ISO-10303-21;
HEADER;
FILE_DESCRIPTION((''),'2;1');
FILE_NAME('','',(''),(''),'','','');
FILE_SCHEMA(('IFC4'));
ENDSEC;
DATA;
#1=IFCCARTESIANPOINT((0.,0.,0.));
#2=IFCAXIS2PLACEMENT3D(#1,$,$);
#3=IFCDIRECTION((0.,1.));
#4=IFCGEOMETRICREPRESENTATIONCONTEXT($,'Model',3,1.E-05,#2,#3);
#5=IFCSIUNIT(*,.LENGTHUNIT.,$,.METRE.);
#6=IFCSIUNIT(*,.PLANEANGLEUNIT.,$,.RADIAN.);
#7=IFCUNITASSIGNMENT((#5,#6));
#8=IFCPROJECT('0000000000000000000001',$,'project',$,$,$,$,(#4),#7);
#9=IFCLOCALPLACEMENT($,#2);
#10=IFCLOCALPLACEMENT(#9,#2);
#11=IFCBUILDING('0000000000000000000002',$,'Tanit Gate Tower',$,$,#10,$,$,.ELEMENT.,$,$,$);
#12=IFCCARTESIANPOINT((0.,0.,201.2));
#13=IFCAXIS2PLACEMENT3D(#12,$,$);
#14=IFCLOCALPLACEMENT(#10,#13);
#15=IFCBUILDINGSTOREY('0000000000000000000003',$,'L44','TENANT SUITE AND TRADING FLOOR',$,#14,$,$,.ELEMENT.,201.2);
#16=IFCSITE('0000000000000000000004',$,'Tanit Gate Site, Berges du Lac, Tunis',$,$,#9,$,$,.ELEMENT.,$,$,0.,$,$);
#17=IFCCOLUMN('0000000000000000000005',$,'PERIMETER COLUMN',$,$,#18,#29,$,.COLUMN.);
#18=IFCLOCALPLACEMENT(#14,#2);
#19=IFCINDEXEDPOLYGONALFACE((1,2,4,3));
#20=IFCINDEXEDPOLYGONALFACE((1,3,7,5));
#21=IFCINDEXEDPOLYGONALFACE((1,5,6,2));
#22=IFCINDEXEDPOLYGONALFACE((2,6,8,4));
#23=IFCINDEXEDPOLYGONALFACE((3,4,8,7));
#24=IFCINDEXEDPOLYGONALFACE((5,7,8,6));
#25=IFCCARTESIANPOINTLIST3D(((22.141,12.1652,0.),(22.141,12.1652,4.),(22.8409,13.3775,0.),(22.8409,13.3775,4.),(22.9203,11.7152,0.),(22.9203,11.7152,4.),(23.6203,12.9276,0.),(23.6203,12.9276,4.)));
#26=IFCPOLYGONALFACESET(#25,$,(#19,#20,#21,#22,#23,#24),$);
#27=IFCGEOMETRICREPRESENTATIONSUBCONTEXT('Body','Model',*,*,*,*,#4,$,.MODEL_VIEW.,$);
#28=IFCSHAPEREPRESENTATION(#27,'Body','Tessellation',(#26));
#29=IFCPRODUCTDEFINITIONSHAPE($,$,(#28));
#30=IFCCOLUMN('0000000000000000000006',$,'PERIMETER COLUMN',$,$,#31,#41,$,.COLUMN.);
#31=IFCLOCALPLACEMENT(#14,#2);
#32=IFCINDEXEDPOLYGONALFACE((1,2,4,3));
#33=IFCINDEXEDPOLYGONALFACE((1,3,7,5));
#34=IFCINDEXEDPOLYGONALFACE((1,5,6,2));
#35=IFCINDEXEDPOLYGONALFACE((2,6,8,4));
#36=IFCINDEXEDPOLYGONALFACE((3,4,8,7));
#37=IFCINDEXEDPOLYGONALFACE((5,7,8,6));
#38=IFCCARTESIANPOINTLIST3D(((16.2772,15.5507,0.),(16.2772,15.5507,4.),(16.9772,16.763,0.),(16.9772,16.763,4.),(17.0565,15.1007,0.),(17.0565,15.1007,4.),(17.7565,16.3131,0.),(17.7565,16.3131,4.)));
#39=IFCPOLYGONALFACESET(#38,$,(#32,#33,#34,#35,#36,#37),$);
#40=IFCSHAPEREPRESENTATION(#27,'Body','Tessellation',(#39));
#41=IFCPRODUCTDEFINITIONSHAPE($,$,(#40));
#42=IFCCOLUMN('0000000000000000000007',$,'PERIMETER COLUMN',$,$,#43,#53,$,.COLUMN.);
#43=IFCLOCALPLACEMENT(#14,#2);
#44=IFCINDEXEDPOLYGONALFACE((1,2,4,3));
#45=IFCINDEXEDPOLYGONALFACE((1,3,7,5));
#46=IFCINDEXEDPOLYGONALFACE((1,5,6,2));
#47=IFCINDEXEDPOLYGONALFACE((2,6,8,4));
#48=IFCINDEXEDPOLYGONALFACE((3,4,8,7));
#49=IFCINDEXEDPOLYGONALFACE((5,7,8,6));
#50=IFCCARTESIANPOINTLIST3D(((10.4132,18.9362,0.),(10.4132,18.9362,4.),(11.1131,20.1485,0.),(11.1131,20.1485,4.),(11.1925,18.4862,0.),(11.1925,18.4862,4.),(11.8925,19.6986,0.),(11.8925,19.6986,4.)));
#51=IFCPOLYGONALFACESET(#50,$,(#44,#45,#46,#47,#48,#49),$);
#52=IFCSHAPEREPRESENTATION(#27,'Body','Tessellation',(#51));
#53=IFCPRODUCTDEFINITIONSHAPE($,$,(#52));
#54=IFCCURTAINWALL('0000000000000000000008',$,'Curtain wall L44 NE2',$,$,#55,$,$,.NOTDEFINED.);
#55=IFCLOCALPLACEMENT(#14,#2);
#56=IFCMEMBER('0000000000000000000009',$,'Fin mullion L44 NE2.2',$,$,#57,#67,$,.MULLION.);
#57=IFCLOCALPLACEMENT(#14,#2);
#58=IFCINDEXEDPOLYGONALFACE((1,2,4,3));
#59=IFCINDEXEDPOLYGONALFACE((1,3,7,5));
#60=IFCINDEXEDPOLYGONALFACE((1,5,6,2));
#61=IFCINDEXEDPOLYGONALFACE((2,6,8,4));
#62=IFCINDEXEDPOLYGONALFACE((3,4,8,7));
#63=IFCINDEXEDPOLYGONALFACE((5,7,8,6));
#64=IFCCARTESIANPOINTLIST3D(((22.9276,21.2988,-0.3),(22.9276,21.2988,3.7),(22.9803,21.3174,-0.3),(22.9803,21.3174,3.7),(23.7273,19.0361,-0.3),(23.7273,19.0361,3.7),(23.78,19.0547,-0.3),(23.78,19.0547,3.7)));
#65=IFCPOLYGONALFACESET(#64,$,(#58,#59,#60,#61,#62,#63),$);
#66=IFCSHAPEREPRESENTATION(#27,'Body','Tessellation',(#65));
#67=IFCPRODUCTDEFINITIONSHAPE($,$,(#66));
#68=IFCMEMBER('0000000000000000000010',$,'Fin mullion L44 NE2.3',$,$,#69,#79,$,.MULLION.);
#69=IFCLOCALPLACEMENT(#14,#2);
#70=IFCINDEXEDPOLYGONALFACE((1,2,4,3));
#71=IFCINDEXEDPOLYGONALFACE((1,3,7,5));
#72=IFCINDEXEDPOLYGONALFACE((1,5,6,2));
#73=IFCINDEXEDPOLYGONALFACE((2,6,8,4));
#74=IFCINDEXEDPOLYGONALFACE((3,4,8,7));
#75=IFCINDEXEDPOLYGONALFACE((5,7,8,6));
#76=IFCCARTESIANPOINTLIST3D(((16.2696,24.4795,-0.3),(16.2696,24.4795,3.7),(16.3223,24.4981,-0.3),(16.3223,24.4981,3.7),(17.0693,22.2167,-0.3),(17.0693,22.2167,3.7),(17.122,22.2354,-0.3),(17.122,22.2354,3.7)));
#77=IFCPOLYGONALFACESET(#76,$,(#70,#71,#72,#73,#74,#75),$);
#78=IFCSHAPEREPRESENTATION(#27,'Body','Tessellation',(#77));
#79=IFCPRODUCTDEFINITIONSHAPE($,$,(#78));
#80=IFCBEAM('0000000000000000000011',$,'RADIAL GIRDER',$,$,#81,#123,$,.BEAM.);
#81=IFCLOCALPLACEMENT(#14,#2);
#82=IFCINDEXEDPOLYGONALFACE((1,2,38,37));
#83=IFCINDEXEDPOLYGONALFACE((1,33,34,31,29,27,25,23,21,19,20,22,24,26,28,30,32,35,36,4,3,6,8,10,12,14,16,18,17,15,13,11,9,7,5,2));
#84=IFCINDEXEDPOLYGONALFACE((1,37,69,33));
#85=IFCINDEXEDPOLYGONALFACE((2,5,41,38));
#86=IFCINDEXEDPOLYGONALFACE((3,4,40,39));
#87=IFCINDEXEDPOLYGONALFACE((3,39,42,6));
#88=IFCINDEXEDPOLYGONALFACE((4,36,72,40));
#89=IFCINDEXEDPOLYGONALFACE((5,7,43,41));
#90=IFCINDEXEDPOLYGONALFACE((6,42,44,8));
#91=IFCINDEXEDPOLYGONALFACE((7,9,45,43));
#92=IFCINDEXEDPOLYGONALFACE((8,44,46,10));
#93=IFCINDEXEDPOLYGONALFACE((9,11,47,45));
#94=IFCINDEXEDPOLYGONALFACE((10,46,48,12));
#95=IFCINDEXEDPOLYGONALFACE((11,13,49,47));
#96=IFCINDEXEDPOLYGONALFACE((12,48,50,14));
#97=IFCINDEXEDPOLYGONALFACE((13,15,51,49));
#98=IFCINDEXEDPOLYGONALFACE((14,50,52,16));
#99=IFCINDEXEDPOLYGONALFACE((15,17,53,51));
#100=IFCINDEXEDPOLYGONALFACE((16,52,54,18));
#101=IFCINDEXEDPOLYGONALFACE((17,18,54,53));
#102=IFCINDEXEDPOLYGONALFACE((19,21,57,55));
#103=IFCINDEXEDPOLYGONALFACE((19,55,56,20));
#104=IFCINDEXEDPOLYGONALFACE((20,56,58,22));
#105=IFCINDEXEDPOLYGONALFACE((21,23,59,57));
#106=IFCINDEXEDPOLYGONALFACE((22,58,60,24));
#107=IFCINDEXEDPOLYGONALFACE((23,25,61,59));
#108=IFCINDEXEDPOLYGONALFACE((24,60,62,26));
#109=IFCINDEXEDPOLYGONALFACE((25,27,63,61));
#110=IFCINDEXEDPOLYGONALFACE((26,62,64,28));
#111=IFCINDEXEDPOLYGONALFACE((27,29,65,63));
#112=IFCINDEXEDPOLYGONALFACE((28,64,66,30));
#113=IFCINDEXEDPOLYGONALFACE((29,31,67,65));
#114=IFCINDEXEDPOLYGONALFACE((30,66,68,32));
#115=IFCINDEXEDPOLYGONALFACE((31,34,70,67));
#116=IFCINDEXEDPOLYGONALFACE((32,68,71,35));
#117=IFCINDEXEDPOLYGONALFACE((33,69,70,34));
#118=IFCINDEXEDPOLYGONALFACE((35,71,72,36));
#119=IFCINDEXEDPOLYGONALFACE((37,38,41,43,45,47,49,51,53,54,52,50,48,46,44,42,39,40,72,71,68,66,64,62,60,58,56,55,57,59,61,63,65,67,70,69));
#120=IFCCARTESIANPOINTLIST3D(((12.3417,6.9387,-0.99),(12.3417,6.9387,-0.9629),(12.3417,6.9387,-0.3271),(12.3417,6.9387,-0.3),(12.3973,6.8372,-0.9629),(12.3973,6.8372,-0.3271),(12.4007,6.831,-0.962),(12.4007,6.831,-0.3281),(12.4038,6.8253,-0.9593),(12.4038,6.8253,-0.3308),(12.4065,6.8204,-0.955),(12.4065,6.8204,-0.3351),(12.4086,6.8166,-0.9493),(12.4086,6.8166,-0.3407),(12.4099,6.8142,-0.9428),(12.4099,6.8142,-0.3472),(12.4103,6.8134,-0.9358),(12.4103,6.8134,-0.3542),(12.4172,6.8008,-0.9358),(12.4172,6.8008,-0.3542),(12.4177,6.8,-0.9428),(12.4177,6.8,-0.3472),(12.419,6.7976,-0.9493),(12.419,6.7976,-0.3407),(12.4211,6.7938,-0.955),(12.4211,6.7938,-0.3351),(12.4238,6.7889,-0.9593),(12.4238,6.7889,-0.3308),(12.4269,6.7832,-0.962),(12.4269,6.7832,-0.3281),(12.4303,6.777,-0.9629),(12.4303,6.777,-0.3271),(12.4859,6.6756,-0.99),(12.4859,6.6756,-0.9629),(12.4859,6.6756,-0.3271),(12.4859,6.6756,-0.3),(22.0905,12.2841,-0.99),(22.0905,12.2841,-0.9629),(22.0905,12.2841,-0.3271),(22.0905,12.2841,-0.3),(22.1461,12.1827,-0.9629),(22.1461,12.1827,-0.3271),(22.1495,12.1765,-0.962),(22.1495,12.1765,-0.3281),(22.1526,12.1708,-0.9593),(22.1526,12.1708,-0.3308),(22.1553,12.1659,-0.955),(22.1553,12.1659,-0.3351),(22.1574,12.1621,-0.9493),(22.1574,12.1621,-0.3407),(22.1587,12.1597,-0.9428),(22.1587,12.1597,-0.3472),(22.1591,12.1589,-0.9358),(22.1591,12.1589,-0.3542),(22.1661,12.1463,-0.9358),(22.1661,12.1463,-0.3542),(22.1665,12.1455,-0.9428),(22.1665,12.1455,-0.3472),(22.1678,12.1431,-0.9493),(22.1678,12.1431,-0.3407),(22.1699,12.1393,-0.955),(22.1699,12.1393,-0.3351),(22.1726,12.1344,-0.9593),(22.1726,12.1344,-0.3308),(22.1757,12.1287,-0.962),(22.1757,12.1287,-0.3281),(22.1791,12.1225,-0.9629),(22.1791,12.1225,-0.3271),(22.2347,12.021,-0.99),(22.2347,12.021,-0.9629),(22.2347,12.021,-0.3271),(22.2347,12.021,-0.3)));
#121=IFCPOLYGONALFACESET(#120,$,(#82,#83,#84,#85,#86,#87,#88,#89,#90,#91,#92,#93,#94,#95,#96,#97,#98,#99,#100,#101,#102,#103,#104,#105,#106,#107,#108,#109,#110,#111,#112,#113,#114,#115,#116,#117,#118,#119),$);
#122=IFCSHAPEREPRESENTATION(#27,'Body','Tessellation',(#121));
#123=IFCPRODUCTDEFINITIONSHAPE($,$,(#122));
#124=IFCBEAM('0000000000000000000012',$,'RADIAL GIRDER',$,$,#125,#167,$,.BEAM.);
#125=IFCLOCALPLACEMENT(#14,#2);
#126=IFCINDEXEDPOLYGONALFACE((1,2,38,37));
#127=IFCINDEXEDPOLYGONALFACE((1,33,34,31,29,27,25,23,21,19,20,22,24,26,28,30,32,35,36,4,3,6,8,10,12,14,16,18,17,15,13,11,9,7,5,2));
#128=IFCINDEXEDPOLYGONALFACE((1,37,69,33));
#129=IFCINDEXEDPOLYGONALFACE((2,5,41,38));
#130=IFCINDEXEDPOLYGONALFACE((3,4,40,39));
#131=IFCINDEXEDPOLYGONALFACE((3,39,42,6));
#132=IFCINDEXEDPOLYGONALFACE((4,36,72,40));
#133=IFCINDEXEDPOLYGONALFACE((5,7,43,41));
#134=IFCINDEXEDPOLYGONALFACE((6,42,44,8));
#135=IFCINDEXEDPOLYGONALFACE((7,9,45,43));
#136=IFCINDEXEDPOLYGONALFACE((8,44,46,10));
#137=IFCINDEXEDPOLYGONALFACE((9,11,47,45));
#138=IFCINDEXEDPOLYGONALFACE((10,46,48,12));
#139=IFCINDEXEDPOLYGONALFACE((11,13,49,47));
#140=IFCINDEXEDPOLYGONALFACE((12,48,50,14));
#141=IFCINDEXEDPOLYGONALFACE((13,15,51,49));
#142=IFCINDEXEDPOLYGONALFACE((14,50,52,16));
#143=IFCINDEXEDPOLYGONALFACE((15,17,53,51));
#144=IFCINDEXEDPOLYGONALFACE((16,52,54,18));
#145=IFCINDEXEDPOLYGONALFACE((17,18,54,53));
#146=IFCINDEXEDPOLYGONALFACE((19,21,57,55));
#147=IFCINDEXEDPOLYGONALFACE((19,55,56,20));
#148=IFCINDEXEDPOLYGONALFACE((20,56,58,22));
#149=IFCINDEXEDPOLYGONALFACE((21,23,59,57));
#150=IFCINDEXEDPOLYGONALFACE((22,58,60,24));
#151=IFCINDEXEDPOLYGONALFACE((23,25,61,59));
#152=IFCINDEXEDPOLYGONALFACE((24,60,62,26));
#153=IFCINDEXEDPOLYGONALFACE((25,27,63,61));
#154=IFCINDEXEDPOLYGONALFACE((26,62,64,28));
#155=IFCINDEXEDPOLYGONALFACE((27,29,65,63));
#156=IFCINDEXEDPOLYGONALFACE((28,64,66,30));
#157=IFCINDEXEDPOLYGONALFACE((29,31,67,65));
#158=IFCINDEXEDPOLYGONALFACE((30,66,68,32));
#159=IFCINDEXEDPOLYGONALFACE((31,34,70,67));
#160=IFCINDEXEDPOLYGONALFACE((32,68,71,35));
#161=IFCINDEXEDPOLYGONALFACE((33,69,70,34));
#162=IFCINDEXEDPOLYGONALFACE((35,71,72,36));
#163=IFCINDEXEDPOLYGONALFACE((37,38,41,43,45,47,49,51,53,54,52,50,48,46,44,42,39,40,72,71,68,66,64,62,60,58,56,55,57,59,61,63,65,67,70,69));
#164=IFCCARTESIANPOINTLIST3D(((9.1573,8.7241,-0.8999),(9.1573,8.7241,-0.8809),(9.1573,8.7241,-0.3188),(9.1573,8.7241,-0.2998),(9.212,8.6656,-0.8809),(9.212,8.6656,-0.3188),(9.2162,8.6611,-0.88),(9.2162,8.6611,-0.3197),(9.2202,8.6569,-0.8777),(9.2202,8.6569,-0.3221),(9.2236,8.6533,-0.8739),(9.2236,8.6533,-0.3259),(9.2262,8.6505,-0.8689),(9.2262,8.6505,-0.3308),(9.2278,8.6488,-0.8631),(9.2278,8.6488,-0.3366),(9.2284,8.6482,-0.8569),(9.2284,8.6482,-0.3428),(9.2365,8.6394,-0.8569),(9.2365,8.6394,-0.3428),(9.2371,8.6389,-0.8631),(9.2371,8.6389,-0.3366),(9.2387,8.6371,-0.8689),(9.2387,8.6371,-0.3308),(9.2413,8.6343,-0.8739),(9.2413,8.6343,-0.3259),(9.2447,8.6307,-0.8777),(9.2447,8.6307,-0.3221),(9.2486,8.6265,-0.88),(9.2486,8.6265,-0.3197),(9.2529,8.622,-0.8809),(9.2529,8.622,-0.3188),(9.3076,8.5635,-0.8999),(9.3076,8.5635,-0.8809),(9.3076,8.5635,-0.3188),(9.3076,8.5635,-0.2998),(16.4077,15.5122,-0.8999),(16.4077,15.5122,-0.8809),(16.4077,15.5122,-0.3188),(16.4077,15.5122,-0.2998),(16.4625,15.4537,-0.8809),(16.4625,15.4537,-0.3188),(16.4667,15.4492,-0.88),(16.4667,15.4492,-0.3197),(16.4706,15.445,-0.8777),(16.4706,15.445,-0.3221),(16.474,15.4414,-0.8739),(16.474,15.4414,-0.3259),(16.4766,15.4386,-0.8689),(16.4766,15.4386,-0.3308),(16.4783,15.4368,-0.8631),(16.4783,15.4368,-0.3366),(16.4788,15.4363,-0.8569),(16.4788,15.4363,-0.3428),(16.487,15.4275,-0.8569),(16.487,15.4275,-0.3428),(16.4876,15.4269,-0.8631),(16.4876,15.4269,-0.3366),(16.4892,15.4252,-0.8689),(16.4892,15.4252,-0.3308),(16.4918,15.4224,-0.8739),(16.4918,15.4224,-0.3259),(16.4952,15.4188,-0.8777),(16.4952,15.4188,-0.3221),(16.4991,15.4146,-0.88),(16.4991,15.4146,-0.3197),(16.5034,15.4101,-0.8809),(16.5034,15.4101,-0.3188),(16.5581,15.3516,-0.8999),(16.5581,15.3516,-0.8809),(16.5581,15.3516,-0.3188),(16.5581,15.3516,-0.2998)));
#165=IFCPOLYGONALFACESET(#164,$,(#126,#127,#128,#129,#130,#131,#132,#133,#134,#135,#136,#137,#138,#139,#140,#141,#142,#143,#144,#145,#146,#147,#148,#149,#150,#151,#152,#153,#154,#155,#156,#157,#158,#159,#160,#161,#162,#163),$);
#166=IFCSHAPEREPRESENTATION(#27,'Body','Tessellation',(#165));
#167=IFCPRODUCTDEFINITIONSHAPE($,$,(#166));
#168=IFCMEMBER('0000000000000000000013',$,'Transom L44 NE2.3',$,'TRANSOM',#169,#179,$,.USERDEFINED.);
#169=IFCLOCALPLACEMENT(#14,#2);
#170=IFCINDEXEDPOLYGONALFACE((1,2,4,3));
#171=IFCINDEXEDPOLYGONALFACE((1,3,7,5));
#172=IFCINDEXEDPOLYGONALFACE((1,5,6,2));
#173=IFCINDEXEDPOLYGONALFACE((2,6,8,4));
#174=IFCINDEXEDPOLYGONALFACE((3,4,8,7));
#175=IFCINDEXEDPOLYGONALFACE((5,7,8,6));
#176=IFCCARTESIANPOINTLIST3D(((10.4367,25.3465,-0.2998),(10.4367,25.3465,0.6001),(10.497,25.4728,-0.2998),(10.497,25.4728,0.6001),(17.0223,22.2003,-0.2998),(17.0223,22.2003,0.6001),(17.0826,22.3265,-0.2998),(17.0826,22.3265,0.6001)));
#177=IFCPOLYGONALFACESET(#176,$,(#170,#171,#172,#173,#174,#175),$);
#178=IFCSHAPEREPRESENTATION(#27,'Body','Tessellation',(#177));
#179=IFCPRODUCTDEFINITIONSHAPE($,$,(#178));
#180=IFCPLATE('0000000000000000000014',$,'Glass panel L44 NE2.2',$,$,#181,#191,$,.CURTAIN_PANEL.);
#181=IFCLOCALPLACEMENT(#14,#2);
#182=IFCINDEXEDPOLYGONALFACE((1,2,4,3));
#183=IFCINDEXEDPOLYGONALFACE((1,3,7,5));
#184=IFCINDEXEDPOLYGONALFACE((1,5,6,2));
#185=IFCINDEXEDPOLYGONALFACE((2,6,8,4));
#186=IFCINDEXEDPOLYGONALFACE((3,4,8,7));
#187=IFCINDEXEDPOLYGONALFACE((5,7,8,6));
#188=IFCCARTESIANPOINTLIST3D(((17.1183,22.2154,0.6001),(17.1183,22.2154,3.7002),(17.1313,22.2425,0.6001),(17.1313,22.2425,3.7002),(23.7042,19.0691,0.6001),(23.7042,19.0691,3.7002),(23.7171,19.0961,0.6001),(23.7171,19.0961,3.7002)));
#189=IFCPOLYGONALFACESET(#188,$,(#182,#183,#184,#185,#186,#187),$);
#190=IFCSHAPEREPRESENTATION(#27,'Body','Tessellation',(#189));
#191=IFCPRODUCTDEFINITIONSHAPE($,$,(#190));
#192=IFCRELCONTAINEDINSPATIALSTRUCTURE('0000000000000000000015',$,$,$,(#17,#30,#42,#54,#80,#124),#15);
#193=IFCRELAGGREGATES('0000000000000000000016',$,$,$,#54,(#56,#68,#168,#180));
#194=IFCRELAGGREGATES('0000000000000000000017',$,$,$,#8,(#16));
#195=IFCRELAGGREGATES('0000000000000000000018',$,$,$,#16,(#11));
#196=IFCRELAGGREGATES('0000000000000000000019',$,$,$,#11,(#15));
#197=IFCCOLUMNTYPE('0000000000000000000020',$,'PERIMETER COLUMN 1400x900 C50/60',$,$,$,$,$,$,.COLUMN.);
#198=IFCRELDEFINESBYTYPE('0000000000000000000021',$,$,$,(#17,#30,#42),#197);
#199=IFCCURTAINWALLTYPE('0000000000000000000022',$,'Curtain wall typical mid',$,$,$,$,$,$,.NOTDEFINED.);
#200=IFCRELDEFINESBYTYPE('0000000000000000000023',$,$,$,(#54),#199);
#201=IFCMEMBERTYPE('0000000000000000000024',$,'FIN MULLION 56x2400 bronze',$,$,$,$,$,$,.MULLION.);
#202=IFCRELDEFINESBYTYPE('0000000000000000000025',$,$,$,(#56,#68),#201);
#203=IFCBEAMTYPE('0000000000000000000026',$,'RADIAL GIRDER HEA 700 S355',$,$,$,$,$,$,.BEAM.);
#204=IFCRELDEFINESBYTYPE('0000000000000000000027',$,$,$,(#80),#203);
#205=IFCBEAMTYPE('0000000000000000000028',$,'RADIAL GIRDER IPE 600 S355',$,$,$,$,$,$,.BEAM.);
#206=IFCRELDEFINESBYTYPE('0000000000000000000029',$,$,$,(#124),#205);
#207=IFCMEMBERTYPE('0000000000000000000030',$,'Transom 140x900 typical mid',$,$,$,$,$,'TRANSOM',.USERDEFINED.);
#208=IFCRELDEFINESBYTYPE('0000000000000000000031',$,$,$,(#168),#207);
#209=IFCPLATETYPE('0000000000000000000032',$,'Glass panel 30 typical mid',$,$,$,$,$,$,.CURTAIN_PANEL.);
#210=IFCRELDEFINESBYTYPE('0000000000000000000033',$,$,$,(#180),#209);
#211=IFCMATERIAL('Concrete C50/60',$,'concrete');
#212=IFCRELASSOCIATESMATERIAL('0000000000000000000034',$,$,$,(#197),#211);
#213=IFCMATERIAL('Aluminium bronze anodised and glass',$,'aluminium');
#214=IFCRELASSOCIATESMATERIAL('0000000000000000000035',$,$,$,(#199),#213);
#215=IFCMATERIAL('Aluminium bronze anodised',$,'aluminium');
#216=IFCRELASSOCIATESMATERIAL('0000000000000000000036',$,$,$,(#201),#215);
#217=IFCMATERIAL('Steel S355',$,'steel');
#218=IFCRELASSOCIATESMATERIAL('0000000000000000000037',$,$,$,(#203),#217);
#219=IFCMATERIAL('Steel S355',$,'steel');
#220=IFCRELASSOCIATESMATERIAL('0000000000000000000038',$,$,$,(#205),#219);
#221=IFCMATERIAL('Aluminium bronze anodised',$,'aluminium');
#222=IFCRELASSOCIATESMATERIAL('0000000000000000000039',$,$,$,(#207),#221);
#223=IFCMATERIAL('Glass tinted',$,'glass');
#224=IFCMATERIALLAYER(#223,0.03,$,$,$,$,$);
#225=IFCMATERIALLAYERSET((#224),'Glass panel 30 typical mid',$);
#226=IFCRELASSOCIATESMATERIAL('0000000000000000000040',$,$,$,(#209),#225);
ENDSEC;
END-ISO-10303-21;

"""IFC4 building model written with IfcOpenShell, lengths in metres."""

from ifc_helpers import new_model, si_unit, direction, frame, origin, origin_2d, place, context, subcontext, project, spatial, rectangle, i_section, extrude, material, layer, layer_set, material_profile, profile_set, type_object, element, aggregate, save


model = new_model("IFC4")

# Units and contexts
model_context = context("Model", 3, precision=1e-05, world=origin(), true_north=direction((0.0, 1.0)))
body_context = subcontext(model_context, "Body", "Model", "MODEL_VIEW")
ifc_project = project(units=[si_unit("LENGTHUNIT", "METRE"), si_unit("PLANEANGLEUNIT", "RADIAN")], contexts=[model_context])

# Site, building, storey
site_placement = place(None, origin())
site = spatial("IfcSite", under=ifc_project, at=site_placement, Name="Tanit Gate Site, Berges du Lac, Tunis", CompositionType="ELEMENT", RefElevation=0.0)
building_placement = place(site_placement, origin())
building = spatial("IfcBuilding", under=site, at=building_placement, Name="Tanit Gate Tower", CompositionType="ELEMENT")
storey_placement = place(building_placement, frame((0.0, 0.0, 201.2)))
storey = spatial("IfcBuildingStorey", under=building, at=storey_placement, Name="L44", Description="TENANT SUITE AND TRADING FLOOR", CompositionType="ELEMENT", Elevation=201.2)

# Columns
ifc_material_1 = material(Name="Concrete C50/60", Category="concrete")
ifc_material_profile_1 = material_profile(ifc_material_1, rectangle(XDim=1.3999, YDim=0.8999, at=origin_2d()), Name="RC 1400x900")
ifc_profile_set_1 = profile_set([ifc_material_profile_1], Name="Concrete C50/60")
column_type = type_object("IfcColumnType", Name="PERIMETER COLUMN 1400x900 C50/60", PredefinedType="COLUMN", material=ifc_profile_set_1)
for number, where, z_axis, x_axis, name in (
    (1, (22.8806, 12.5464, 0.0), (0.0, 0.0, 1.0), (0.5, 0.866025, 0.0), "PERIMETER COLUMN"),
    (2, (17.0168, 15.9319, 0.0), (0.0, 0.0, 1.0), (0.5, 0.866025, 0.0), "PERIMETER COLUMN"),
    (3, (11.1528, 19.3174, 0.0), (0.0, 0.0, 1.0), (0.5, 0.866025, 0.0), "PERIMETER COLUMN"),
):
    element("IfcColumn", number, at=place(storey_placement, frame(where, z_axis=z_axis, x_axis=x_axis)), inside=storey, type_object=column_type, Name=name, PredefinedType="COLUMN", context=body_context, shape_type="SweptSolid", body=[
        extrude(rectangle(XDim=1.3999, YDim=0.8999, at=origin_2d()), origin(), (0.0, 0.0, 1.0), 4.0),
    ])

# Curtain wall, members
ifc_material_2 = material(Name="Aluminium bronze anodised and glass", Category="aluminium")
curtain_wall_type = type_object("IfcCurtainWallType", Name="Curtain wall typical mid", PredefinedType="NOTDEFINED", material=ifc_material_2)
curtain_wall_placement = place(storey_placement, origin())
curtain_wall = element("IfcCurtainWall", 4, at=curtain_wall_placement, inside=storey, type_object=curtain_wall_type, Name="Curtain wall L44 NE2", PredefinedType="NOTDEFINED")
ifc_material_3 = material(Name="Aluminium bronze anodised", Category="aluminium")
ifc_material_profile_2 = material_profile(ifc_material_3, rectangle(XDim=2.3999, YDim=0.0559, at=origin_2d()), Name="56x2400 bronze fin mullion")
ifc_profile_set_2 = profile_set([ifc_material_profile_2], Name="Aluminium bronze anodised")
member_type_1 = type_object("IfcMemberType", Name="FIN MULLION 56x2400 bronze", PredefinedType="MULLION", material=ifc_profile_set_2)
member_1_placement = place(storey_placement, frame((23.3538, 20.1768, -0.3), z_axis=(0.0, 0.0, 1.0), x_axis=(0.33322, -0.942849, 0.0)))
member_1 = element("IfcMember", 5, at=member_1_placement, type_object=member_type_1, Name="Fin mullion L44 NE2.2", PredefinedType="MULLION", context=body_context, shape_type="SweptSolid", body=[
    extrude(rectangle(XDim=2.3999, YDim=0.0559, at=origin_2d()), origin(), (0.0, 0.0, 1.0), 4.0),
])
member_2_placement = place(storey_placement, frame((16.6958, 23.3574, -0.3), z_axis=(0.0, 0.0, 1.0), x_axis=(0.33322, -0.942849, 0.0)))
member_2 = element("IfcMember", 6, at=member_2_placement, type_object=member_type_1, Name="Fin mullion L44 NE2.3", PredefinedType="MULLION", context=body_context, shape_type="SweptSolid", body=[
    extrude(rectangle(XDim=2.3999, YDim=0.0559, at=origin_2d()), origin(), (0.0, 0.0, 1.0), 4.0),
])

# Beams
ifc_material_4 = material(Name="Steel S355", Category="steel")
ifc_material_profile_3 = material_profile(ifc_material_4, i_section(OverallWidth=0.3, OverallDepth=0.6899, WebThickness=0.0144, FlangeThickness=0.0271, FilletRadius=0.0271, at=origin_2d()), Name="HEA 700")
ifc_profile_set_3 = profile_set([ifc_material_profile_3], Name="Steel S355")
beam_type_1 = type_object("IfcBeamType", Name="RADIAL GIRDER HEA 700 S355", PredefinedType="BEAM", material=ifc_profile_set_3)
beam_1_placement = place(storey_placement, frame((22.1626, 12.1526, -0.645), z_axis=(-0.876837, -0.480788, 0.0), x_axis=(0.480788, -0.876837, 0.0)))
element("IfcBeam", 7, at=beam_1_placement, inside=storey, type_object=beam_type_1, Name="RADIAL GIRDER", PredefinedType="BEAM", context=body_context, shape_type="SweptSolid", body=[
    extrude(i_section(OverallWidth=0.3, OverallDepth=0.6899, WebThickness=0.0144, FlangeThickness=0.0271, FilletRadius=0.0271, at=origin_2d()), origin(), (0.0, 0.0, 1.0), 11.1182),
])
ifc_material_5 = material(Name="Steel S355", Category="steel")
ifc_material_profile_4 = material_profile(ifc_material_5, i_section(OverallWidth=0.22, OverallDepth=0.6001, WebThickness=0.012, FlangeThickness=0.019, FilletRadius=0.0239, at=origin_2d()), Name="IPE 600")
ifc_profile_set_4 = profile_set([ifc_material_profile_4], Name="Steel S355")
beam_type_2 = type_object("IfcBeamType", Name="RADIAL GIRDER IPE 600 S355", PredefinedType="BEAM", material=ifc_profile_set_4)
beam_2_placement = place(storey_placement, frame((16.4829, 15.4319, -0.5999), z_axis=(-0.730002, -0.683445, 0.0), x_axis=(0.683445, -0.730002, 0.0)))
element("IfcBeam", 8, at=beam_2_placement, inside=storey, type_object=beam_type_2, Name="RADIAL GIRDER", PredefinedType="BEAM", context=body_context, shape_type="SweptSolid", body=[
    extrude(i_section(OverallWidth=0.22, OverallDepth=0.6001, WebThickness=0.012, FlangeThickness=0.019, FilletRadius=0.0239, at=origin_2d()), origin(), (0.0, 0.0, 1.0), 9.9321),
])

# Member
ifc_material_6 = material(Name="Aluminium bronze anodised", Category="aluminium")
ifc_material_profile_5 = material_profile(ifc_material_6, rectangle(XDim=0.1399, YDim=0.8999, at=origin_2d()), Name="140x900 bronze transom")
ifc_profile_set_5 = profile_set([ifc_material_profile_5], Name="Aluminium bronze anodised")
member_type_2 = type_object("IfcMemberType", Name="Transom 140x900 typical mid", ElementType="TRANSOM", PredefinedType="USERDEFINED", material=ifc_profile_set_5)
member_3_placement = place(storey_placement, frame((17.0525, 22.2634, 0.1501), z_axis=(-0.902318, 0.431072, 0.0), x_axis=(-0.431072, -0.902318, 0.0)))
member_3 = element("IfcMember", 9, at=member_3_placement, type_object=member_type_2, Name="Transom L44 NE2.3", ObjectType="TRANSOM", PredefinedType="USERDEFINED", context=body_context, shape_type="SweptSolid", body=[
    extrude(rectangle(XDim=0.1399, YDim=0.8999, at=origin_2d()), origin(), (0.0, 0.0, 1.0), 7.2986),
])

# Plate
ifc_material_7 = material(Name="Glass tinted", Category="glass")
ifc_layer_1 = layer(ifc_material_7, 0.03)
ifc_layer_set_1 = layer_set([ifc_layer_1], Name="Glass panel 30 typical mid")
plate_type = type_object("IfcPlateType", Name="Glass panel 30 typical mid", PredefinedType="CURTAIN_PANEL", material=ifc_layer_set_1)
plate_1_placement = place(storey_placement, frame((20.4177, 20.6558, 0.6001), z_axis=(0.0, 0.0, 1.0), x_axis=(-0.902317, 0.431073, 0.0)))
plate_1 = element("IfcPlate", 10, at=plate_1_placement, type_object=plate_type, Name="Glass panel L44 NE2.2", PredefinedType="CURTAIN_PANEL", context=body_context, shape_type="SweptSolid", body=[
    extrude(rectangle(XDim=7.2988, YDim=0.03, at=origin_2d()), origin(), (0.0, 0.0, 1.0), 3.1001),
])
aggregate(curtain_wall, [member_1, member_2, member_3, plate_1])

save(model, "model.ifc")
